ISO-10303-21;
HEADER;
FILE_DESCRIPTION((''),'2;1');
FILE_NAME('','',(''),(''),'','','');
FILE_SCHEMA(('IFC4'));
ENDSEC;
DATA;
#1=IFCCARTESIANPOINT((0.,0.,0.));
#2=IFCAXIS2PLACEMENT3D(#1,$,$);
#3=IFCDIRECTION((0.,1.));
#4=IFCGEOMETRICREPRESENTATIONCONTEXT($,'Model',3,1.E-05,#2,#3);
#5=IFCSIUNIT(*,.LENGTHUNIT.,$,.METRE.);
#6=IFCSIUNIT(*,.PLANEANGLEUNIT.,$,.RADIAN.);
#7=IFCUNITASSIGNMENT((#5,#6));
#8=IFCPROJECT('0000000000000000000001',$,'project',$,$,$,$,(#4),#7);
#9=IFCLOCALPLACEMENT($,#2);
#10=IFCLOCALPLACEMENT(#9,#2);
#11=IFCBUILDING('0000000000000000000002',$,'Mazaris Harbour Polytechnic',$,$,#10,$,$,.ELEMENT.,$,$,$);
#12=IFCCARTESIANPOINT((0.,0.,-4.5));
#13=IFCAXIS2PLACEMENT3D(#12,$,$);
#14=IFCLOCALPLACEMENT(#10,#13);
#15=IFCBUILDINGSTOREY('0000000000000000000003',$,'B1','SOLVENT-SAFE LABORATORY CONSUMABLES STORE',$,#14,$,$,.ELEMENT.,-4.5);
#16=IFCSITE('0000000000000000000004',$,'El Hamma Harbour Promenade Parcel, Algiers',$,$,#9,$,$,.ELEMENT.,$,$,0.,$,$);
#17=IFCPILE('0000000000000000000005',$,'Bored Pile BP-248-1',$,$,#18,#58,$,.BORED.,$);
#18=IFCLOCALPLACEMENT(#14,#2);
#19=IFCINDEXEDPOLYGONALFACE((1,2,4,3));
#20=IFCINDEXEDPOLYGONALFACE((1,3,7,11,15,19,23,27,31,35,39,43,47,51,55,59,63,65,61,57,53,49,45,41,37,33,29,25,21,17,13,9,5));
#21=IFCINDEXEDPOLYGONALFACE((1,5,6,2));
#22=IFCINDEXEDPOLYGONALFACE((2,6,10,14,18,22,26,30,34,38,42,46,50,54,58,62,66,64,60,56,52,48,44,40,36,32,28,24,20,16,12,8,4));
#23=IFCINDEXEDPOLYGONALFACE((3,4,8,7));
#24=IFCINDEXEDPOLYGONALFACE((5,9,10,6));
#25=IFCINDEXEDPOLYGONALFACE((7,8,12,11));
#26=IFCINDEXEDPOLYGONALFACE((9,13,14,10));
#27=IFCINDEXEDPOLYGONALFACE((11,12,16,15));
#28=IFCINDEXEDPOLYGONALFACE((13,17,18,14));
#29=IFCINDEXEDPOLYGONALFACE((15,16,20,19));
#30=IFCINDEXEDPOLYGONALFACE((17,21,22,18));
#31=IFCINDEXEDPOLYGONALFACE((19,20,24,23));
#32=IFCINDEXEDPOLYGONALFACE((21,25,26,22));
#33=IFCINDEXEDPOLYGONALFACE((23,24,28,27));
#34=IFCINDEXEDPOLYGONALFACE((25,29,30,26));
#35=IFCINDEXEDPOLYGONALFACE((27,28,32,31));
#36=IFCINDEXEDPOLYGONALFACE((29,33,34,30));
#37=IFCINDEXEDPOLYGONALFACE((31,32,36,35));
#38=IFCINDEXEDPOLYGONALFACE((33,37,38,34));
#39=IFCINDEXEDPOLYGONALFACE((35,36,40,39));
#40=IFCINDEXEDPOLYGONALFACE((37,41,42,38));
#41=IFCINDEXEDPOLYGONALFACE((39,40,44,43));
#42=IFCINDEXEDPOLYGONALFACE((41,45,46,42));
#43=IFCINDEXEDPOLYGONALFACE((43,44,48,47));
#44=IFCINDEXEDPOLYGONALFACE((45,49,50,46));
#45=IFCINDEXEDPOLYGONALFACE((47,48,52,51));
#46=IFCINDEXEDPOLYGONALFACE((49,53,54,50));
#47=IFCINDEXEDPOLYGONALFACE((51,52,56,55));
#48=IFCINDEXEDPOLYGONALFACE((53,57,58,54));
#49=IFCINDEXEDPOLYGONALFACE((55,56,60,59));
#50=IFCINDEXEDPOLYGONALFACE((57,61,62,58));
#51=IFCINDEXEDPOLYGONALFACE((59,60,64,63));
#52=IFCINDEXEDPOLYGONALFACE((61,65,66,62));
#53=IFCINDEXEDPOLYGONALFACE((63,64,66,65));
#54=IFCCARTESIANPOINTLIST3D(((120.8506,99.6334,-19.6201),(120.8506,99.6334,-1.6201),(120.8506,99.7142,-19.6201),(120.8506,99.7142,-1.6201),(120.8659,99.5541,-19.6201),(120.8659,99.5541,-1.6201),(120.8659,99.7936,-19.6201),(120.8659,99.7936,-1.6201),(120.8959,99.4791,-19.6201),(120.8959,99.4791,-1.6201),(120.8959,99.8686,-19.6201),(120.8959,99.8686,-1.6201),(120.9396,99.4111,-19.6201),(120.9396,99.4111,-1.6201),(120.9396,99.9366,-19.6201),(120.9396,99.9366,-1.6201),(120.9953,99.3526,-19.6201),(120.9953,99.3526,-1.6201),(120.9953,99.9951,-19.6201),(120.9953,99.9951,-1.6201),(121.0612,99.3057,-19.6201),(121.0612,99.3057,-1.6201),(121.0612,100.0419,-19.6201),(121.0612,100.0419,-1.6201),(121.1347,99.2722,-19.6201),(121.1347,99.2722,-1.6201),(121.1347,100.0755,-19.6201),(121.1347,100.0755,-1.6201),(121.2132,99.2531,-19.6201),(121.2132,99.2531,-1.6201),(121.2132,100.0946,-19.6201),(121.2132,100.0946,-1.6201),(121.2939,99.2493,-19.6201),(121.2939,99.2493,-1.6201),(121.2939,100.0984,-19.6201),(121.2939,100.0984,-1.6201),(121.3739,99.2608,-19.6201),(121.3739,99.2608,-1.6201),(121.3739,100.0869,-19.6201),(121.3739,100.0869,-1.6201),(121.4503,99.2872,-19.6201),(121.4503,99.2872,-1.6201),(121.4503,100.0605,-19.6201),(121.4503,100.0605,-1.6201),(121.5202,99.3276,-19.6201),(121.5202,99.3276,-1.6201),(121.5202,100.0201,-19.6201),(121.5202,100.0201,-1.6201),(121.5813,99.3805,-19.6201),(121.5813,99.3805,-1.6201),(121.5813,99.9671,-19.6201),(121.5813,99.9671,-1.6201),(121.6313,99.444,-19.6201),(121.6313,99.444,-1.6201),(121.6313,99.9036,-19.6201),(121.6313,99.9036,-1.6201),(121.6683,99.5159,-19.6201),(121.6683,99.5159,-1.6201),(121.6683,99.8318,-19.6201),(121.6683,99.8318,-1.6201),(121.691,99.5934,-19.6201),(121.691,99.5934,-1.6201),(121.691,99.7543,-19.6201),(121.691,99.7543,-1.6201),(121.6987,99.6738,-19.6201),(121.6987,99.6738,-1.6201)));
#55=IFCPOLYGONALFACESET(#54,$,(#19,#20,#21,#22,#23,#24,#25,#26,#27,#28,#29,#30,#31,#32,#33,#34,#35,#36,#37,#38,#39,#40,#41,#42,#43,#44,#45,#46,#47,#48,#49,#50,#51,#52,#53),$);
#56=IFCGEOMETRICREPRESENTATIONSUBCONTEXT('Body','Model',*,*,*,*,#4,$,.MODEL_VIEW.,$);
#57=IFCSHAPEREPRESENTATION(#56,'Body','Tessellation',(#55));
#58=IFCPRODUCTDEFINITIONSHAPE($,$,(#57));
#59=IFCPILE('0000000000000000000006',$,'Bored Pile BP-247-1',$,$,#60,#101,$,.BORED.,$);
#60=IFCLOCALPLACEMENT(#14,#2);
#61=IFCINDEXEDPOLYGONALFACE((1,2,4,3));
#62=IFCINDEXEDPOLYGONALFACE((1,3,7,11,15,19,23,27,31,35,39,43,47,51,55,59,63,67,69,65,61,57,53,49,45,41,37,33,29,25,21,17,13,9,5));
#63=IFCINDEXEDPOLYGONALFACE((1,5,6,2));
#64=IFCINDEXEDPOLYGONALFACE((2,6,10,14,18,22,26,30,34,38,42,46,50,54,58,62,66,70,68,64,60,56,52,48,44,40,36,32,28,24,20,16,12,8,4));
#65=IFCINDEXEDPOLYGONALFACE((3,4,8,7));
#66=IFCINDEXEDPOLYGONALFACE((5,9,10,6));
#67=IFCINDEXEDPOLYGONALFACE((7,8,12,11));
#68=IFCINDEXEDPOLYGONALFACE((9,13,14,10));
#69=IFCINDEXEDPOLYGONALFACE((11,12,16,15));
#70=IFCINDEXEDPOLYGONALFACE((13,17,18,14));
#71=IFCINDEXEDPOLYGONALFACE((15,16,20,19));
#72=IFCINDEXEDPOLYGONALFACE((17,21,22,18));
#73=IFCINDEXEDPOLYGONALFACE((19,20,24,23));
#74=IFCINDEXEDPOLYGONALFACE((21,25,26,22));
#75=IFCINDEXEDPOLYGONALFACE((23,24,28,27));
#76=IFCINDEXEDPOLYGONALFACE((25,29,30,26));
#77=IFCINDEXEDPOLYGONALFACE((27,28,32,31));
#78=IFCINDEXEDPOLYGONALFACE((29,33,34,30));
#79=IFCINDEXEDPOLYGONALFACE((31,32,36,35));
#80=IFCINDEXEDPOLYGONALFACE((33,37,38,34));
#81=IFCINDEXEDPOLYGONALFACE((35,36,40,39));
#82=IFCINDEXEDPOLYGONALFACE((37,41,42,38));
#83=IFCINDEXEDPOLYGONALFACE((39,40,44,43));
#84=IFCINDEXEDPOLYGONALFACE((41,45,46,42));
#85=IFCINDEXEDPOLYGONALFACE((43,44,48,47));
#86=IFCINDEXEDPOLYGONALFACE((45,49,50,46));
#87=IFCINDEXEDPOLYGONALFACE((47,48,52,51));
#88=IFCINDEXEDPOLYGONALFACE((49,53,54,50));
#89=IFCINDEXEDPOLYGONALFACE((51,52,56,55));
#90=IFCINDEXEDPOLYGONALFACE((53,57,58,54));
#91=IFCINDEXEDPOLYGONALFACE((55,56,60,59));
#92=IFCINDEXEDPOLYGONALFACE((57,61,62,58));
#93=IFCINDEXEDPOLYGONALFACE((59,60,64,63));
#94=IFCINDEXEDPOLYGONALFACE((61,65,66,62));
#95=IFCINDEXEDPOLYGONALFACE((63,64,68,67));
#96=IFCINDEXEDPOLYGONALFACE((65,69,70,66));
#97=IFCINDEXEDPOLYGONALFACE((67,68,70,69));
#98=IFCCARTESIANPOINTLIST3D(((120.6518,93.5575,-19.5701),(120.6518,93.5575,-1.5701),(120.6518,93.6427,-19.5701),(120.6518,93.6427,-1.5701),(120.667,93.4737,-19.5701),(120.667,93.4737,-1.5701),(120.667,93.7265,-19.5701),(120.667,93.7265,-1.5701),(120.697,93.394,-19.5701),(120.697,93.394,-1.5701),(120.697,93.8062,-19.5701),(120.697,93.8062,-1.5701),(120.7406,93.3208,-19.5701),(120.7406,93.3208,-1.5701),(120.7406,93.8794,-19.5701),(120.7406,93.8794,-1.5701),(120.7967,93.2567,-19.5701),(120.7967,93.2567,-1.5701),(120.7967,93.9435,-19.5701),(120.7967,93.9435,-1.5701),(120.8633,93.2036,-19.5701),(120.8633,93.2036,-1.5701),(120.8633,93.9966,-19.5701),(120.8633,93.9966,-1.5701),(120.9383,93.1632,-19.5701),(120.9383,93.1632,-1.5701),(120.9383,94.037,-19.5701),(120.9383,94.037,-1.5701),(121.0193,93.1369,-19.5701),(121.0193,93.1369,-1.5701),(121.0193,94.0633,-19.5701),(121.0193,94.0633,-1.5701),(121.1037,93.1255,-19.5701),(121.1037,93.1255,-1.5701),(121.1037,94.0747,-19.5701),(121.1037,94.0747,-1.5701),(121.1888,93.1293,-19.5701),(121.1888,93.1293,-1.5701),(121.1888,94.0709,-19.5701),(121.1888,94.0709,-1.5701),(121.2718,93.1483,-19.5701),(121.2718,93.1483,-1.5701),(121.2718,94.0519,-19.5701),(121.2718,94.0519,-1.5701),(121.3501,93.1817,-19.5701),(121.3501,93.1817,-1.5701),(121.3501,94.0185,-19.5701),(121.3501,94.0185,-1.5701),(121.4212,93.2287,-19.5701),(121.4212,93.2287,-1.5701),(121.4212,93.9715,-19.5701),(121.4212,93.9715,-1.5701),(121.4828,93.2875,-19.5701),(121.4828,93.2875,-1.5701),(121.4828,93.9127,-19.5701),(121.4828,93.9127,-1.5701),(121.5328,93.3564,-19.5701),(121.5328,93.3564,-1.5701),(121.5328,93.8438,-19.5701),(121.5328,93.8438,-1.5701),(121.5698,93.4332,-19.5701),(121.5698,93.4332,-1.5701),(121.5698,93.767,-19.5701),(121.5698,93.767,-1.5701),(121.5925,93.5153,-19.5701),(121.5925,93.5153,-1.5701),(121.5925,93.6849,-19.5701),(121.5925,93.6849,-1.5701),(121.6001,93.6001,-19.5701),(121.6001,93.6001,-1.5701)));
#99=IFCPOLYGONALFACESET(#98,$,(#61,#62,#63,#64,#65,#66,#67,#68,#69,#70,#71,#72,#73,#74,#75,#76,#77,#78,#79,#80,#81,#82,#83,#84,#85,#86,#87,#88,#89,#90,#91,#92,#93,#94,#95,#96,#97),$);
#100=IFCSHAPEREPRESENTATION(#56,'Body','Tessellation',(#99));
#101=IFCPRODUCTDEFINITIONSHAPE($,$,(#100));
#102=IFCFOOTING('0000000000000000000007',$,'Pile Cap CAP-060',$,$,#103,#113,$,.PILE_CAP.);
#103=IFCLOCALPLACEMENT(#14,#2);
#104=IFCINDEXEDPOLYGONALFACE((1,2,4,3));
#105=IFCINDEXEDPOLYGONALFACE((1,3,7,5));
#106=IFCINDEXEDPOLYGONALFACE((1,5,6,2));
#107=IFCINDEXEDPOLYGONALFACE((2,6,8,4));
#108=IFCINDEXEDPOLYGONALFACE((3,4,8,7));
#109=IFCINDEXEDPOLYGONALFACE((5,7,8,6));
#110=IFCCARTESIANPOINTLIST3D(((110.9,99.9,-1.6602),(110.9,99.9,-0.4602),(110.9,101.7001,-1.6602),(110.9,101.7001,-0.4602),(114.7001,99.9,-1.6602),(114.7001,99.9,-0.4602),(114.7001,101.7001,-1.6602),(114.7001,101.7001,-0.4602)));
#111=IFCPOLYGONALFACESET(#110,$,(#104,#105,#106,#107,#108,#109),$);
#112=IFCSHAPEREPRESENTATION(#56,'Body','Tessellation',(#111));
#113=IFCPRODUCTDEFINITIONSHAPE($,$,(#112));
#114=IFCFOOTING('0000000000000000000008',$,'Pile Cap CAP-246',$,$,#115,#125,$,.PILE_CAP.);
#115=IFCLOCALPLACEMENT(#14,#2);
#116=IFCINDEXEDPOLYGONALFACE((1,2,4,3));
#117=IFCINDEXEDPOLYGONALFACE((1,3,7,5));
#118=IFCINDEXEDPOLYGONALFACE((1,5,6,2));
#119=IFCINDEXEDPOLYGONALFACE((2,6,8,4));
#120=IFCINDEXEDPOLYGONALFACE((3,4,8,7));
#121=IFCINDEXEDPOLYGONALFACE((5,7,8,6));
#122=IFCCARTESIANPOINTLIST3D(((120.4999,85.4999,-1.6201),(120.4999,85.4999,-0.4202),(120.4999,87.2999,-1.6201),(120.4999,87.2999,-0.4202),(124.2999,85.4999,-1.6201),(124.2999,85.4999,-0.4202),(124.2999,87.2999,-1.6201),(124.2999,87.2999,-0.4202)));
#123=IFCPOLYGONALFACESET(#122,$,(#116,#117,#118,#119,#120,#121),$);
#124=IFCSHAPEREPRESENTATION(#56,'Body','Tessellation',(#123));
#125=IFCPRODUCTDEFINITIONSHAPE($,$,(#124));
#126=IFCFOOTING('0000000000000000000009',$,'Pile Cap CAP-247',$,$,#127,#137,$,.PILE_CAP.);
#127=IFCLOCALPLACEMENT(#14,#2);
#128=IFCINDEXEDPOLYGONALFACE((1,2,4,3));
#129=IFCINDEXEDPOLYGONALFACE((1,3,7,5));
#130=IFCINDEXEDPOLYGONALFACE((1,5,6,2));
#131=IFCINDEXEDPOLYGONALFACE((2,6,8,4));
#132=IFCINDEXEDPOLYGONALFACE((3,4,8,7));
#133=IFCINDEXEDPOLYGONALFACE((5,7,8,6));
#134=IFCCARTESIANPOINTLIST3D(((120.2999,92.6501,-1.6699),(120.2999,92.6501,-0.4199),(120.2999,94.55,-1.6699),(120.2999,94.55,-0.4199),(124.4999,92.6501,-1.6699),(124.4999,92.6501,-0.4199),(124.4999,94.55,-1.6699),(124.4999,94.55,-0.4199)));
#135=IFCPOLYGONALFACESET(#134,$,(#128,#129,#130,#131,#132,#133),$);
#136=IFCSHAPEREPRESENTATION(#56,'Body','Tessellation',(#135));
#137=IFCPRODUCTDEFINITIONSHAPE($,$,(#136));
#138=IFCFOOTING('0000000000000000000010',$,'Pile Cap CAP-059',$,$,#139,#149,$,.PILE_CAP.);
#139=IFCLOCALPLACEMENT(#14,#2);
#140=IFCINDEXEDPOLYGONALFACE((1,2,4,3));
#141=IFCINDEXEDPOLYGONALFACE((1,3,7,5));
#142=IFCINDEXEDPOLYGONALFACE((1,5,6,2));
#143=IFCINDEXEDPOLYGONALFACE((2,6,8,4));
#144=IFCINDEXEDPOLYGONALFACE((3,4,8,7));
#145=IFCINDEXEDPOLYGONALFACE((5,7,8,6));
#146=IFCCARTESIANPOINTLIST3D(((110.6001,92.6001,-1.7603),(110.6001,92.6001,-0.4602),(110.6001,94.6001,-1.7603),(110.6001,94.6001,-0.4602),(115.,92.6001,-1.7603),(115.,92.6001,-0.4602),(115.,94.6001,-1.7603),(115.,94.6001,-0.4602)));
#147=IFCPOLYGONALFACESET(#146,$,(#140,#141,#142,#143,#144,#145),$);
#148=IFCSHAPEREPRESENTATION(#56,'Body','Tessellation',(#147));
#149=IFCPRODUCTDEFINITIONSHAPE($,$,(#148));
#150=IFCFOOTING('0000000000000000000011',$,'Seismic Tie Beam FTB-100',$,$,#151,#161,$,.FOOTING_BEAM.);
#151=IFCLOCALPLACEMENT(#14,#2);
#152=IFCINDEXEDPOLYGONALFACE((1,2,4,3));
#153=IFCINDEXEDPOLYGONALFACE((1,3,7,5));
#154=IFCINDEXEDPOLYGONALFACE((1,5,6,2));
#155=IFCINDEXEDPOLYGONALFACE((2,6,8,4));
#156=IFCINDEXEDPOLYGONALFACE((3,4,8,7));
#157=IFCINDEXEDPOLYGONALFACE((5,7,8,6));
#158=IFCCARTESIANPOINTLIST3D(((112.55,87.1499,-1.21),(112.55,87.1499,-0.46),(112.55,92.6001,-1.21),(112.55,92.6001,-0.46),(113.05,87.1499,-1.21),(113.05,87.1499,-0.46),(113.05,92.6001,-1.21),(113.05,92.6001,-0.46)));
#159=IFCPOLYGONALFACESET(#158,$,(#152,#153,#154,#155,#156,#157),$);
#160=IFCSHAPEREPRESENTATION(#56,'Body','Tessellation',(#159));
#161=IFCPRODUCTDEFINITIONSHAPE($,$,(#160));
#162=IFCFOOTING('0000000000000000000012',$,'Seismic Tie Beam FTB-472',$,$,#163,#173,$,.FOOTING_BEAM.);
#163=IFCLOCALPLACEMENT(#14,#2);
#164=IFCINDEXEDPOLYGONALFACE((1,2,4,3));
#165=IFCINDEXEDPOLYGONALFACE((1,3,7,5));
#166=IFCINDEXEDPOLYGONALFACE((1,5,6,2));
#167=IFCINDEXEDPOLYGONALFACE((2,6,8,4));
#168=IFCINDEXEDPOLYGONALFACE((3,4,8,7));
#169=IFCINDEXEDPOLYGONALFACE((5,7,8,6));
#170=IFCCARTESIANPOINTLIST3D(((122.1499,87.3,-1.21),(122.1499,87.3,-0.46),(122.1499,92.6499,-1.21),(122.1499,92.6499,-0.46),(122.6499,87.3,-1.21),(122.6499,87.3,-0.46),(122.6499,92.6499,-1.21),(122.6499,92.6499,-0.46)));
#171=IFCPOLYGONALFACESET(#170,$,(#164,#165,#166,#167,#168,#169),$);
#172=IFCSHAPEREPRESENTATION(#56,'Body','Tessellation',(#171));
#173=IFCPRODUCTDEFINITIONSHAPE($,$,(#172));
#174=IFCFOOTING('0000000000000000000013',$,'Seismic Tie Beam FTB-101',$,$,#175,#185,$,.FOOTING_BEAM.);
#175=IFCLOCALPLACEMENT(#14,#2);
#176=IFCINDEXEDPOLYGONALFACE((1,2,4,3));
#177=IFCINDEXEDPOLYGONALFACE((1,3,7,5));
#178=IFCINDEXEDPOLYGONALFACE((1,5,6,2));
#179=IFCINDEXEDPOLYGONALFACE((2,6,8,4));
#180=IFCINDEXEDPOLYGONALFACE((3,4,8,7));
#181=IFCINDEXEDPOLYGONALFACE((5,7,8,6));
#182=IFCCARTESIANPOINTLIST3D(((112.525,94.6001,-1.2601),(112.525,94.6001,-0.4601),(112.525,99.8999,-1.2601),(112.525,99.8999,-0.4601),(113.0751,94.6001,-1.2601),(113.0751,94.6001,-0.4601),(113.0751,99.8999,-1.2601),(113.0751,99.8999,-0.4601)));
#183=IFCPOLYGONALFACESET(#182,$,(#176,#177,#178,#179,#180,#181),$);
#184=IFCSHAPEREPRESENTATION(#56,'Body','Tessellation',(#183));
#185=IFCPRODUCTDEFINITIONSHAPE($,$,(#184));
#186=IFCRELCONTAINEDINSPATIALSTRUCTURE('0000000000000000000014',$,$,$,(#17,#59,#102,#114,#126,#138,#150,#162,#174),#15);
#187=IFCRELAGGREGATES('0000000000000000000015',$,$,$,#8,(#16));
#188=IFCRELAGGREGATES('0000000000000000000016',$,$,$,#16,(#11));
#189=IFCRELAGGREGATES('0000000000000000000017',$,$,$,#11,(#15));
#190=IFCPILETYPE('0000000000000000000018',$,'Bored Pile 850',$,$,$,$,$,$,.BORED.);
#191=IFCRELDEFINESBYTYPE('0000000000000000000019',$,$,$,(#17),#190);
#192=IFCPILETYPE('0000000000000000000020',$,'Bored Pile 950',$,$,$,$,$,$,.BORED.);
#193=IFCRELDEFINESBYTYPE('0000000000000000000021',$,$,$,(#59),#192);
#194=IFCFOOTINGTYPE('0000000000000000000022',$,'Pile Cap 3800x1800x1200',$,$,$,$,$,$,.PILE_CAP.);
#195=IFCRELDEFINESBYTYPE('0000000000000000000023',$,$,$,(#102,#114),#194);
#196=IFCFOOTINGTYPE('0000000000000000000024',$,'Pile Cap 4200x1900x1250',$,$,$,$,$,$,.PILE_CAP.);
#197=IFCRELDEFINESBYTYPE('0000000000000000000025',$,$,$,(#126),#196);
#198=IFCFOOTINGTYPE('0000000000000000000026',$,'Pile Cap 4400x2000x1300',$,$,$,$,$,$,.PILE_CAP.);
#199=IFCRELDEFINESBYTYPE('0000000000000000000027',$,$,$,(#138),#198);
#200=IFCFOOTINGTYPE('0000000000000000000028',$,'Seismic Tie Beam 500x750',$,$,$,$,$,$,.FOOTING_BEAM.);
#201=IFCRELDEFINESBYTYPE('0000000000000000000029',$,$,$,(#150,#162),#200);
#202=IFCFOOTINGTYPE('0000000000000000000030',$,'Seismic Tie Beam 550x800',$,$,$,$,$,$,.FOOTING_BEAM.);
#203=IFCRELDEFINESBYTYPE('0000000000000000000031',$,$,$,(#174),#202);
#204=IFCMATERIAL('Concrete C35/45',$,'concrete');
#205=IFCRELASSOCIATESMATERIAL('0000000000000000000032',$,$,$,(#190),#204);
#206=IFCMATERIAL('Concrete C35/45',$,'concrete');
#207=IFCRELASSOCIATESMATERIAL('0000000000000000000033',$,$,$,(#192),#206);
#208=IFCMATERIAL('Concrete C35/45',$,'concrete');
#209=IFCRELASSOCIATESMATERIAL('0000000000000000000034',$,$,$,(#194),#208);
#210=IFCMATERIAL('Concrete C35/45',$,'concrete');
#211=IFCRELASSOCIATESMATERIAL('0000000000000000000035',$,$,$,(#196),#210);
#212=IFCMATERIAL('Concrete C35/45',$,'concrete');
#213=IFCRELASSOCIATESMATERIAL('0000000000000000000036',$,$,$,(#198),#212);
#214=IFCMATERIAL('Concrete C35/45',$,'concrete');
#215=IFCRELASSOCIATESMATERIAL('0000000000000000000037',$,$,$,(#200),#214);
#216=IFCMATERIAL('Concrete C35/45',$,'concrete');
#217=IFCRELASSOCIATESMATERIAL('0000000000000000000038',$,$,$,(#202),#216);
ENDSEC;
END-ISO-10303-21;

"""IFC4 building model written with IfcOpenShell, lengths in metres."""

from ifc_helpers import new_model, si_unit, direction, frame, origin, origin_2d, place, context, subcontext, project, spatial, rectangle, circle, extrude, material, material_profile, profile_set, type_object, element, save


model = new_model("IFC4")

# Units and contexts
model_context = context("Model", 3, precision=1e-05, world=origin(), true_north=direction((0.0, 1.0)))
body_context = subcontext(model_context, "Body", "Model", "MODEL_VIEW")
ifc_project = project(units=[si_unit("LENGTHUNIT", "METRE"), si_unit("PLANEANGLEUNIT", "RADIAN")], contexts=[model_context])

# Site, building, storey
site_placement = place(None, origin())
site = spatial("IfcSite", under=ifc_project, at=site_placement, Name="El Hamma Harbour Promenade Parcel, Algiers", CompositionType="ELEMENT", RefElevation=0.0)
building_placement = place(site_placement, origin())
building = spatial("IfcBuilding", under=site, at=building_placement, Name="Mazaris Harbour Polytechnic", CompositionType="ELEMENT")
storey_placement = place(building_placement, frame((0.0, 0.0, -4.5)))
storey = spatial("IfcBuildingStorey", under=building, at=storey_placement, Name="B1", Description="SOLVENT-SAFE LABORATORY CONSUMABLES STORE", CompositionType="ELEMENT", Elevation=-4.5)

# Piles
ifc_material_1 = material(Name="Concrete C35/45", Category="concrete")
ifc_material_profile_1 = material_profile(ifc_material_1, circle(Radius=0.425, at=origin_2d()), Name="DIA850")
ifc_profile_set_1 = profile_set([ifc_material_profile_1], Name="Concrete C35/45")
pile_type_1 = type_object("IfcPileType", Name="Bored Pile 850", PredefinedType="BORED", material=ifc_profile_set_1)
for number, where, z_axis, x_axis, name in (
    (1, (121.2737, 99.6738, -1.6201), (0.0, 0.0, -1.0), (1.0, 0.0, 0.0), "Bored Pile BP-248-1"),
):
    element("IfcPile", number, at=place(storey_placement, frame(where, z_axis=z_axis, x_axis=x_axis)), inside=storey, type_object=pile_type_1, Name=name, PredefinedType="BORED", context=body_context, shape_type="SweptSolid", body=[
        extrude(circle(Radius=0.425, at=origin_2d()), origin(), (0.0, 0.0, 1.0), 18.0),
    ])
ifc_material_2 = material(Name="Concrete C35/45", Category="concrete")
ifc_material_profile_2 = material_profile(ifc_material_2, circle(Radius=0.4751, at=origin_2d()), Name="DIA950")
ifc_profile_set_2 = profile_set([ifc_material_profile_2], Name="Concrete C35/45")
pile_type_2 = type_object("IfcPileType", Name="Bored Pile 950", PredefinedType="BORED", material=ifc_profile_set_2)
pile_placement = place(storey_placement, frame((121.125, 93.6001, -1.5701), z_axis=(0.0, 0.0, -1.0), x_axis=(1.0, 0.0, 0.0)))
element("IfcPile", 2, at=pile_placement, inside=storey, type_object=pile_type_2, Name="Bored Pile BP-247-1", PredefinedType="BORED", context=body_context, shape_type="SweptSolid", body=[
    extrude(circle(Radius=0.4751, at=origin_2d()), origin(), (0.0, 0.0, 1.0), 18.0),
])

# Footings
ifc_material_3 = material(Name="Concrete C35/45", Category="concrete")
footing_type_1 = type_object("IfcFootingType", Name="Pile Cap 3800x1800x1200", PredefinedType="PILE_CAP", material=ifc_material_3)
for number, where, z_axis, x_axis, name in (
    (3, (112.8, 100.8, -1.6602), (0.0, 0.0, 1.0), (1.0, 0.0, 0.0), "Pile Cap CAP-060"),
    (4, (122.3999, 86.3999, -1.6201), (0.0, 0.0, 1.0), (1.0, 0.0, 0.0), "Pile Cap CAP-246"),
):
    element("IfcFooting", number, at=place(storey_placement, frame(where, z_axis=z_axis, x_axis=x_axis)), inside=storey, type_object=footing_type_1, Name=name, PredefinedType="PILE_CAP", context=body_context, shape_type="SweptSolid", body=[
        extrude(rectangle(XDim=3.8, YDim=1.8, at=origin_2d()), origin(), (0.0, 0.0, 1.0), 1.2),
    ])
ifc_material_4 = material(Name="Concrete C35/45", Category="concrete")
footing_type_2 = type_object("IfcFootingType", Name="Pile Cap 4200x1900x1250", PredefinedType="PILE_CAP", material=ifc_material_4)
footing_1_placement = place(storey_placement, frame((122.3999, 93.6001, -1.6699), z_axis=(0.0, 0.0, 1.0), x_axis=(1.0, 0.0, 0.0)))
element("IfcFooting", 5, at=footing_1_placement, inside=storey, type_object=footing_type_2, Name="Pile Cap CAP-247", PredefinedType="PILE_CAP", context=body_context, shape_type="SweptSolid", body=[
    extrude(rectangle(XDim=4.2, YDim=1.8999, at=origin_2d()), origin(), (0.0, 0.0, 1.0), 1.25),
])
ifc_material_5 = material(Name="Concrete C35/45", Category="concrete")
footing_type_3 = type_object("IfcFootingType", Name="Pile Cap 4400x2000x1300", PredefinedType="PILE_CAP", material=ifc_material_5)
footing_2_placement = place(storey_placement, frame((112.8, 93.6001, -1.7603), z_axis=(0.0, 0.0, 1.0), x_axis=(1.0, 0.0, 0.0)))
element("IfcFooting", 6, at=footing_2_placement, inside=storey, type_object=footing_type_3, Name="Pile Cap CAP-059", PredefinedType="PILE_CAP", context=body_context, shape_type="SweptSolid", body=[
    extrude(rectangle(XDim=4.3999, YDim=2.0, at=origin_2d()), origin(), (0.0, 0.0, 1.0), 1.3),
])
ifc_material_6 = material(Name="Concrete C35/45", Category="concrete")
ifc_material_profile_3 = material_profile(ifc_material_6, rectangle(XDim=0.5, YDim=0.75, at=origin_2d()), Name="RECT500x750")
ifc_profile_set_3 = profile_set([ifc_material_profile_3], Name="Concrete C35/45")
footing_type_4 = type_object("IfcFootingType", Name="Seismic Tie Beam 500x750", PredefinedType="FOOTING_BEAM", material=ifc_profile_set_3)
footing_3_placement = place(storey_placement, frame((112.8, 87.1499, -0.835), z_axis=(0.0, 1.0, 0.0), x_axis=(-1.0, 0.0, 0.0)))
element("IfcFooting", 7, at=footing_3_placement, inside=storey, type_object=footing_type_4, Name="Seismic Tie Beam FTB-100", PredefinedType="FOOTING_BEAM", context=body_context, shape_type="SweptSolid", body=[
    extrude(rectangle(XDim=0.5, YDim=0.75, at=origin_2d()), origin(), (0.0, 0.0, 1.0), 5.4502),
])
footing_4_placement = place(storey_placement, frame((122.3999, 87.3, -0.835), z_axis=(0.0, 1.0, 0.0), x_axis=(-1.0, 0.0, 0.0)))
element("IfcFooting", 8, at=footing_4_placement, inside=storey, type_object=footing_type_4, Name="Seismic Tie Beam FTB-472", PredefinedType="FOOTING_BEAM", context=body_context, shape_type="SweptSolid", body=[
    extrude(rectangle(XDim=0.5, YDim=0.75, at=origin_2d()), origin(), (0.0, 0.0, 1.0), 5.3499),
])
ifc_material_7 = material(Name="Concrete C35/45", Category="concrete")
ifc_material_profile_4 = material_profile(ifc_material_7, rectangle(XDim=0.55, YDim=0.8, at=origin_2d()), Name="RECT550x800")
ifc_profile_set_4 = profile_set([ifc_material_profile_4], Name="Concrete C35/45")
footing_type_5 = type_object("IfcFootingType", Name="Seismic Tie Beam 550x800", PredefinedType="FOOTING_BEAM", material=ifc_profile_set_4)
footing_5_placement = place(storey_placement, frame((112.8, 94.6001, -0.8601), z_axis=(0.0, 1.0, 0.0), x_axis=(-1.0, 0.0, 0.0)))
element("IfcFooting", 9, at=footing_5_placement, inside=storey, type_object=footing_type_5, Name="Seismic Tie Beam FTB-101", PredefinedType="FOOTING_BEAM", context=body_context, shape_type="SweptSolid", body=[
    extrude(rectangle(XDim=0.55, YDim=0.8, at=origin_2d()), origin(), (0.0, 0.0, 1.0), 5.2998),
])

save(model, "model.ifc")
